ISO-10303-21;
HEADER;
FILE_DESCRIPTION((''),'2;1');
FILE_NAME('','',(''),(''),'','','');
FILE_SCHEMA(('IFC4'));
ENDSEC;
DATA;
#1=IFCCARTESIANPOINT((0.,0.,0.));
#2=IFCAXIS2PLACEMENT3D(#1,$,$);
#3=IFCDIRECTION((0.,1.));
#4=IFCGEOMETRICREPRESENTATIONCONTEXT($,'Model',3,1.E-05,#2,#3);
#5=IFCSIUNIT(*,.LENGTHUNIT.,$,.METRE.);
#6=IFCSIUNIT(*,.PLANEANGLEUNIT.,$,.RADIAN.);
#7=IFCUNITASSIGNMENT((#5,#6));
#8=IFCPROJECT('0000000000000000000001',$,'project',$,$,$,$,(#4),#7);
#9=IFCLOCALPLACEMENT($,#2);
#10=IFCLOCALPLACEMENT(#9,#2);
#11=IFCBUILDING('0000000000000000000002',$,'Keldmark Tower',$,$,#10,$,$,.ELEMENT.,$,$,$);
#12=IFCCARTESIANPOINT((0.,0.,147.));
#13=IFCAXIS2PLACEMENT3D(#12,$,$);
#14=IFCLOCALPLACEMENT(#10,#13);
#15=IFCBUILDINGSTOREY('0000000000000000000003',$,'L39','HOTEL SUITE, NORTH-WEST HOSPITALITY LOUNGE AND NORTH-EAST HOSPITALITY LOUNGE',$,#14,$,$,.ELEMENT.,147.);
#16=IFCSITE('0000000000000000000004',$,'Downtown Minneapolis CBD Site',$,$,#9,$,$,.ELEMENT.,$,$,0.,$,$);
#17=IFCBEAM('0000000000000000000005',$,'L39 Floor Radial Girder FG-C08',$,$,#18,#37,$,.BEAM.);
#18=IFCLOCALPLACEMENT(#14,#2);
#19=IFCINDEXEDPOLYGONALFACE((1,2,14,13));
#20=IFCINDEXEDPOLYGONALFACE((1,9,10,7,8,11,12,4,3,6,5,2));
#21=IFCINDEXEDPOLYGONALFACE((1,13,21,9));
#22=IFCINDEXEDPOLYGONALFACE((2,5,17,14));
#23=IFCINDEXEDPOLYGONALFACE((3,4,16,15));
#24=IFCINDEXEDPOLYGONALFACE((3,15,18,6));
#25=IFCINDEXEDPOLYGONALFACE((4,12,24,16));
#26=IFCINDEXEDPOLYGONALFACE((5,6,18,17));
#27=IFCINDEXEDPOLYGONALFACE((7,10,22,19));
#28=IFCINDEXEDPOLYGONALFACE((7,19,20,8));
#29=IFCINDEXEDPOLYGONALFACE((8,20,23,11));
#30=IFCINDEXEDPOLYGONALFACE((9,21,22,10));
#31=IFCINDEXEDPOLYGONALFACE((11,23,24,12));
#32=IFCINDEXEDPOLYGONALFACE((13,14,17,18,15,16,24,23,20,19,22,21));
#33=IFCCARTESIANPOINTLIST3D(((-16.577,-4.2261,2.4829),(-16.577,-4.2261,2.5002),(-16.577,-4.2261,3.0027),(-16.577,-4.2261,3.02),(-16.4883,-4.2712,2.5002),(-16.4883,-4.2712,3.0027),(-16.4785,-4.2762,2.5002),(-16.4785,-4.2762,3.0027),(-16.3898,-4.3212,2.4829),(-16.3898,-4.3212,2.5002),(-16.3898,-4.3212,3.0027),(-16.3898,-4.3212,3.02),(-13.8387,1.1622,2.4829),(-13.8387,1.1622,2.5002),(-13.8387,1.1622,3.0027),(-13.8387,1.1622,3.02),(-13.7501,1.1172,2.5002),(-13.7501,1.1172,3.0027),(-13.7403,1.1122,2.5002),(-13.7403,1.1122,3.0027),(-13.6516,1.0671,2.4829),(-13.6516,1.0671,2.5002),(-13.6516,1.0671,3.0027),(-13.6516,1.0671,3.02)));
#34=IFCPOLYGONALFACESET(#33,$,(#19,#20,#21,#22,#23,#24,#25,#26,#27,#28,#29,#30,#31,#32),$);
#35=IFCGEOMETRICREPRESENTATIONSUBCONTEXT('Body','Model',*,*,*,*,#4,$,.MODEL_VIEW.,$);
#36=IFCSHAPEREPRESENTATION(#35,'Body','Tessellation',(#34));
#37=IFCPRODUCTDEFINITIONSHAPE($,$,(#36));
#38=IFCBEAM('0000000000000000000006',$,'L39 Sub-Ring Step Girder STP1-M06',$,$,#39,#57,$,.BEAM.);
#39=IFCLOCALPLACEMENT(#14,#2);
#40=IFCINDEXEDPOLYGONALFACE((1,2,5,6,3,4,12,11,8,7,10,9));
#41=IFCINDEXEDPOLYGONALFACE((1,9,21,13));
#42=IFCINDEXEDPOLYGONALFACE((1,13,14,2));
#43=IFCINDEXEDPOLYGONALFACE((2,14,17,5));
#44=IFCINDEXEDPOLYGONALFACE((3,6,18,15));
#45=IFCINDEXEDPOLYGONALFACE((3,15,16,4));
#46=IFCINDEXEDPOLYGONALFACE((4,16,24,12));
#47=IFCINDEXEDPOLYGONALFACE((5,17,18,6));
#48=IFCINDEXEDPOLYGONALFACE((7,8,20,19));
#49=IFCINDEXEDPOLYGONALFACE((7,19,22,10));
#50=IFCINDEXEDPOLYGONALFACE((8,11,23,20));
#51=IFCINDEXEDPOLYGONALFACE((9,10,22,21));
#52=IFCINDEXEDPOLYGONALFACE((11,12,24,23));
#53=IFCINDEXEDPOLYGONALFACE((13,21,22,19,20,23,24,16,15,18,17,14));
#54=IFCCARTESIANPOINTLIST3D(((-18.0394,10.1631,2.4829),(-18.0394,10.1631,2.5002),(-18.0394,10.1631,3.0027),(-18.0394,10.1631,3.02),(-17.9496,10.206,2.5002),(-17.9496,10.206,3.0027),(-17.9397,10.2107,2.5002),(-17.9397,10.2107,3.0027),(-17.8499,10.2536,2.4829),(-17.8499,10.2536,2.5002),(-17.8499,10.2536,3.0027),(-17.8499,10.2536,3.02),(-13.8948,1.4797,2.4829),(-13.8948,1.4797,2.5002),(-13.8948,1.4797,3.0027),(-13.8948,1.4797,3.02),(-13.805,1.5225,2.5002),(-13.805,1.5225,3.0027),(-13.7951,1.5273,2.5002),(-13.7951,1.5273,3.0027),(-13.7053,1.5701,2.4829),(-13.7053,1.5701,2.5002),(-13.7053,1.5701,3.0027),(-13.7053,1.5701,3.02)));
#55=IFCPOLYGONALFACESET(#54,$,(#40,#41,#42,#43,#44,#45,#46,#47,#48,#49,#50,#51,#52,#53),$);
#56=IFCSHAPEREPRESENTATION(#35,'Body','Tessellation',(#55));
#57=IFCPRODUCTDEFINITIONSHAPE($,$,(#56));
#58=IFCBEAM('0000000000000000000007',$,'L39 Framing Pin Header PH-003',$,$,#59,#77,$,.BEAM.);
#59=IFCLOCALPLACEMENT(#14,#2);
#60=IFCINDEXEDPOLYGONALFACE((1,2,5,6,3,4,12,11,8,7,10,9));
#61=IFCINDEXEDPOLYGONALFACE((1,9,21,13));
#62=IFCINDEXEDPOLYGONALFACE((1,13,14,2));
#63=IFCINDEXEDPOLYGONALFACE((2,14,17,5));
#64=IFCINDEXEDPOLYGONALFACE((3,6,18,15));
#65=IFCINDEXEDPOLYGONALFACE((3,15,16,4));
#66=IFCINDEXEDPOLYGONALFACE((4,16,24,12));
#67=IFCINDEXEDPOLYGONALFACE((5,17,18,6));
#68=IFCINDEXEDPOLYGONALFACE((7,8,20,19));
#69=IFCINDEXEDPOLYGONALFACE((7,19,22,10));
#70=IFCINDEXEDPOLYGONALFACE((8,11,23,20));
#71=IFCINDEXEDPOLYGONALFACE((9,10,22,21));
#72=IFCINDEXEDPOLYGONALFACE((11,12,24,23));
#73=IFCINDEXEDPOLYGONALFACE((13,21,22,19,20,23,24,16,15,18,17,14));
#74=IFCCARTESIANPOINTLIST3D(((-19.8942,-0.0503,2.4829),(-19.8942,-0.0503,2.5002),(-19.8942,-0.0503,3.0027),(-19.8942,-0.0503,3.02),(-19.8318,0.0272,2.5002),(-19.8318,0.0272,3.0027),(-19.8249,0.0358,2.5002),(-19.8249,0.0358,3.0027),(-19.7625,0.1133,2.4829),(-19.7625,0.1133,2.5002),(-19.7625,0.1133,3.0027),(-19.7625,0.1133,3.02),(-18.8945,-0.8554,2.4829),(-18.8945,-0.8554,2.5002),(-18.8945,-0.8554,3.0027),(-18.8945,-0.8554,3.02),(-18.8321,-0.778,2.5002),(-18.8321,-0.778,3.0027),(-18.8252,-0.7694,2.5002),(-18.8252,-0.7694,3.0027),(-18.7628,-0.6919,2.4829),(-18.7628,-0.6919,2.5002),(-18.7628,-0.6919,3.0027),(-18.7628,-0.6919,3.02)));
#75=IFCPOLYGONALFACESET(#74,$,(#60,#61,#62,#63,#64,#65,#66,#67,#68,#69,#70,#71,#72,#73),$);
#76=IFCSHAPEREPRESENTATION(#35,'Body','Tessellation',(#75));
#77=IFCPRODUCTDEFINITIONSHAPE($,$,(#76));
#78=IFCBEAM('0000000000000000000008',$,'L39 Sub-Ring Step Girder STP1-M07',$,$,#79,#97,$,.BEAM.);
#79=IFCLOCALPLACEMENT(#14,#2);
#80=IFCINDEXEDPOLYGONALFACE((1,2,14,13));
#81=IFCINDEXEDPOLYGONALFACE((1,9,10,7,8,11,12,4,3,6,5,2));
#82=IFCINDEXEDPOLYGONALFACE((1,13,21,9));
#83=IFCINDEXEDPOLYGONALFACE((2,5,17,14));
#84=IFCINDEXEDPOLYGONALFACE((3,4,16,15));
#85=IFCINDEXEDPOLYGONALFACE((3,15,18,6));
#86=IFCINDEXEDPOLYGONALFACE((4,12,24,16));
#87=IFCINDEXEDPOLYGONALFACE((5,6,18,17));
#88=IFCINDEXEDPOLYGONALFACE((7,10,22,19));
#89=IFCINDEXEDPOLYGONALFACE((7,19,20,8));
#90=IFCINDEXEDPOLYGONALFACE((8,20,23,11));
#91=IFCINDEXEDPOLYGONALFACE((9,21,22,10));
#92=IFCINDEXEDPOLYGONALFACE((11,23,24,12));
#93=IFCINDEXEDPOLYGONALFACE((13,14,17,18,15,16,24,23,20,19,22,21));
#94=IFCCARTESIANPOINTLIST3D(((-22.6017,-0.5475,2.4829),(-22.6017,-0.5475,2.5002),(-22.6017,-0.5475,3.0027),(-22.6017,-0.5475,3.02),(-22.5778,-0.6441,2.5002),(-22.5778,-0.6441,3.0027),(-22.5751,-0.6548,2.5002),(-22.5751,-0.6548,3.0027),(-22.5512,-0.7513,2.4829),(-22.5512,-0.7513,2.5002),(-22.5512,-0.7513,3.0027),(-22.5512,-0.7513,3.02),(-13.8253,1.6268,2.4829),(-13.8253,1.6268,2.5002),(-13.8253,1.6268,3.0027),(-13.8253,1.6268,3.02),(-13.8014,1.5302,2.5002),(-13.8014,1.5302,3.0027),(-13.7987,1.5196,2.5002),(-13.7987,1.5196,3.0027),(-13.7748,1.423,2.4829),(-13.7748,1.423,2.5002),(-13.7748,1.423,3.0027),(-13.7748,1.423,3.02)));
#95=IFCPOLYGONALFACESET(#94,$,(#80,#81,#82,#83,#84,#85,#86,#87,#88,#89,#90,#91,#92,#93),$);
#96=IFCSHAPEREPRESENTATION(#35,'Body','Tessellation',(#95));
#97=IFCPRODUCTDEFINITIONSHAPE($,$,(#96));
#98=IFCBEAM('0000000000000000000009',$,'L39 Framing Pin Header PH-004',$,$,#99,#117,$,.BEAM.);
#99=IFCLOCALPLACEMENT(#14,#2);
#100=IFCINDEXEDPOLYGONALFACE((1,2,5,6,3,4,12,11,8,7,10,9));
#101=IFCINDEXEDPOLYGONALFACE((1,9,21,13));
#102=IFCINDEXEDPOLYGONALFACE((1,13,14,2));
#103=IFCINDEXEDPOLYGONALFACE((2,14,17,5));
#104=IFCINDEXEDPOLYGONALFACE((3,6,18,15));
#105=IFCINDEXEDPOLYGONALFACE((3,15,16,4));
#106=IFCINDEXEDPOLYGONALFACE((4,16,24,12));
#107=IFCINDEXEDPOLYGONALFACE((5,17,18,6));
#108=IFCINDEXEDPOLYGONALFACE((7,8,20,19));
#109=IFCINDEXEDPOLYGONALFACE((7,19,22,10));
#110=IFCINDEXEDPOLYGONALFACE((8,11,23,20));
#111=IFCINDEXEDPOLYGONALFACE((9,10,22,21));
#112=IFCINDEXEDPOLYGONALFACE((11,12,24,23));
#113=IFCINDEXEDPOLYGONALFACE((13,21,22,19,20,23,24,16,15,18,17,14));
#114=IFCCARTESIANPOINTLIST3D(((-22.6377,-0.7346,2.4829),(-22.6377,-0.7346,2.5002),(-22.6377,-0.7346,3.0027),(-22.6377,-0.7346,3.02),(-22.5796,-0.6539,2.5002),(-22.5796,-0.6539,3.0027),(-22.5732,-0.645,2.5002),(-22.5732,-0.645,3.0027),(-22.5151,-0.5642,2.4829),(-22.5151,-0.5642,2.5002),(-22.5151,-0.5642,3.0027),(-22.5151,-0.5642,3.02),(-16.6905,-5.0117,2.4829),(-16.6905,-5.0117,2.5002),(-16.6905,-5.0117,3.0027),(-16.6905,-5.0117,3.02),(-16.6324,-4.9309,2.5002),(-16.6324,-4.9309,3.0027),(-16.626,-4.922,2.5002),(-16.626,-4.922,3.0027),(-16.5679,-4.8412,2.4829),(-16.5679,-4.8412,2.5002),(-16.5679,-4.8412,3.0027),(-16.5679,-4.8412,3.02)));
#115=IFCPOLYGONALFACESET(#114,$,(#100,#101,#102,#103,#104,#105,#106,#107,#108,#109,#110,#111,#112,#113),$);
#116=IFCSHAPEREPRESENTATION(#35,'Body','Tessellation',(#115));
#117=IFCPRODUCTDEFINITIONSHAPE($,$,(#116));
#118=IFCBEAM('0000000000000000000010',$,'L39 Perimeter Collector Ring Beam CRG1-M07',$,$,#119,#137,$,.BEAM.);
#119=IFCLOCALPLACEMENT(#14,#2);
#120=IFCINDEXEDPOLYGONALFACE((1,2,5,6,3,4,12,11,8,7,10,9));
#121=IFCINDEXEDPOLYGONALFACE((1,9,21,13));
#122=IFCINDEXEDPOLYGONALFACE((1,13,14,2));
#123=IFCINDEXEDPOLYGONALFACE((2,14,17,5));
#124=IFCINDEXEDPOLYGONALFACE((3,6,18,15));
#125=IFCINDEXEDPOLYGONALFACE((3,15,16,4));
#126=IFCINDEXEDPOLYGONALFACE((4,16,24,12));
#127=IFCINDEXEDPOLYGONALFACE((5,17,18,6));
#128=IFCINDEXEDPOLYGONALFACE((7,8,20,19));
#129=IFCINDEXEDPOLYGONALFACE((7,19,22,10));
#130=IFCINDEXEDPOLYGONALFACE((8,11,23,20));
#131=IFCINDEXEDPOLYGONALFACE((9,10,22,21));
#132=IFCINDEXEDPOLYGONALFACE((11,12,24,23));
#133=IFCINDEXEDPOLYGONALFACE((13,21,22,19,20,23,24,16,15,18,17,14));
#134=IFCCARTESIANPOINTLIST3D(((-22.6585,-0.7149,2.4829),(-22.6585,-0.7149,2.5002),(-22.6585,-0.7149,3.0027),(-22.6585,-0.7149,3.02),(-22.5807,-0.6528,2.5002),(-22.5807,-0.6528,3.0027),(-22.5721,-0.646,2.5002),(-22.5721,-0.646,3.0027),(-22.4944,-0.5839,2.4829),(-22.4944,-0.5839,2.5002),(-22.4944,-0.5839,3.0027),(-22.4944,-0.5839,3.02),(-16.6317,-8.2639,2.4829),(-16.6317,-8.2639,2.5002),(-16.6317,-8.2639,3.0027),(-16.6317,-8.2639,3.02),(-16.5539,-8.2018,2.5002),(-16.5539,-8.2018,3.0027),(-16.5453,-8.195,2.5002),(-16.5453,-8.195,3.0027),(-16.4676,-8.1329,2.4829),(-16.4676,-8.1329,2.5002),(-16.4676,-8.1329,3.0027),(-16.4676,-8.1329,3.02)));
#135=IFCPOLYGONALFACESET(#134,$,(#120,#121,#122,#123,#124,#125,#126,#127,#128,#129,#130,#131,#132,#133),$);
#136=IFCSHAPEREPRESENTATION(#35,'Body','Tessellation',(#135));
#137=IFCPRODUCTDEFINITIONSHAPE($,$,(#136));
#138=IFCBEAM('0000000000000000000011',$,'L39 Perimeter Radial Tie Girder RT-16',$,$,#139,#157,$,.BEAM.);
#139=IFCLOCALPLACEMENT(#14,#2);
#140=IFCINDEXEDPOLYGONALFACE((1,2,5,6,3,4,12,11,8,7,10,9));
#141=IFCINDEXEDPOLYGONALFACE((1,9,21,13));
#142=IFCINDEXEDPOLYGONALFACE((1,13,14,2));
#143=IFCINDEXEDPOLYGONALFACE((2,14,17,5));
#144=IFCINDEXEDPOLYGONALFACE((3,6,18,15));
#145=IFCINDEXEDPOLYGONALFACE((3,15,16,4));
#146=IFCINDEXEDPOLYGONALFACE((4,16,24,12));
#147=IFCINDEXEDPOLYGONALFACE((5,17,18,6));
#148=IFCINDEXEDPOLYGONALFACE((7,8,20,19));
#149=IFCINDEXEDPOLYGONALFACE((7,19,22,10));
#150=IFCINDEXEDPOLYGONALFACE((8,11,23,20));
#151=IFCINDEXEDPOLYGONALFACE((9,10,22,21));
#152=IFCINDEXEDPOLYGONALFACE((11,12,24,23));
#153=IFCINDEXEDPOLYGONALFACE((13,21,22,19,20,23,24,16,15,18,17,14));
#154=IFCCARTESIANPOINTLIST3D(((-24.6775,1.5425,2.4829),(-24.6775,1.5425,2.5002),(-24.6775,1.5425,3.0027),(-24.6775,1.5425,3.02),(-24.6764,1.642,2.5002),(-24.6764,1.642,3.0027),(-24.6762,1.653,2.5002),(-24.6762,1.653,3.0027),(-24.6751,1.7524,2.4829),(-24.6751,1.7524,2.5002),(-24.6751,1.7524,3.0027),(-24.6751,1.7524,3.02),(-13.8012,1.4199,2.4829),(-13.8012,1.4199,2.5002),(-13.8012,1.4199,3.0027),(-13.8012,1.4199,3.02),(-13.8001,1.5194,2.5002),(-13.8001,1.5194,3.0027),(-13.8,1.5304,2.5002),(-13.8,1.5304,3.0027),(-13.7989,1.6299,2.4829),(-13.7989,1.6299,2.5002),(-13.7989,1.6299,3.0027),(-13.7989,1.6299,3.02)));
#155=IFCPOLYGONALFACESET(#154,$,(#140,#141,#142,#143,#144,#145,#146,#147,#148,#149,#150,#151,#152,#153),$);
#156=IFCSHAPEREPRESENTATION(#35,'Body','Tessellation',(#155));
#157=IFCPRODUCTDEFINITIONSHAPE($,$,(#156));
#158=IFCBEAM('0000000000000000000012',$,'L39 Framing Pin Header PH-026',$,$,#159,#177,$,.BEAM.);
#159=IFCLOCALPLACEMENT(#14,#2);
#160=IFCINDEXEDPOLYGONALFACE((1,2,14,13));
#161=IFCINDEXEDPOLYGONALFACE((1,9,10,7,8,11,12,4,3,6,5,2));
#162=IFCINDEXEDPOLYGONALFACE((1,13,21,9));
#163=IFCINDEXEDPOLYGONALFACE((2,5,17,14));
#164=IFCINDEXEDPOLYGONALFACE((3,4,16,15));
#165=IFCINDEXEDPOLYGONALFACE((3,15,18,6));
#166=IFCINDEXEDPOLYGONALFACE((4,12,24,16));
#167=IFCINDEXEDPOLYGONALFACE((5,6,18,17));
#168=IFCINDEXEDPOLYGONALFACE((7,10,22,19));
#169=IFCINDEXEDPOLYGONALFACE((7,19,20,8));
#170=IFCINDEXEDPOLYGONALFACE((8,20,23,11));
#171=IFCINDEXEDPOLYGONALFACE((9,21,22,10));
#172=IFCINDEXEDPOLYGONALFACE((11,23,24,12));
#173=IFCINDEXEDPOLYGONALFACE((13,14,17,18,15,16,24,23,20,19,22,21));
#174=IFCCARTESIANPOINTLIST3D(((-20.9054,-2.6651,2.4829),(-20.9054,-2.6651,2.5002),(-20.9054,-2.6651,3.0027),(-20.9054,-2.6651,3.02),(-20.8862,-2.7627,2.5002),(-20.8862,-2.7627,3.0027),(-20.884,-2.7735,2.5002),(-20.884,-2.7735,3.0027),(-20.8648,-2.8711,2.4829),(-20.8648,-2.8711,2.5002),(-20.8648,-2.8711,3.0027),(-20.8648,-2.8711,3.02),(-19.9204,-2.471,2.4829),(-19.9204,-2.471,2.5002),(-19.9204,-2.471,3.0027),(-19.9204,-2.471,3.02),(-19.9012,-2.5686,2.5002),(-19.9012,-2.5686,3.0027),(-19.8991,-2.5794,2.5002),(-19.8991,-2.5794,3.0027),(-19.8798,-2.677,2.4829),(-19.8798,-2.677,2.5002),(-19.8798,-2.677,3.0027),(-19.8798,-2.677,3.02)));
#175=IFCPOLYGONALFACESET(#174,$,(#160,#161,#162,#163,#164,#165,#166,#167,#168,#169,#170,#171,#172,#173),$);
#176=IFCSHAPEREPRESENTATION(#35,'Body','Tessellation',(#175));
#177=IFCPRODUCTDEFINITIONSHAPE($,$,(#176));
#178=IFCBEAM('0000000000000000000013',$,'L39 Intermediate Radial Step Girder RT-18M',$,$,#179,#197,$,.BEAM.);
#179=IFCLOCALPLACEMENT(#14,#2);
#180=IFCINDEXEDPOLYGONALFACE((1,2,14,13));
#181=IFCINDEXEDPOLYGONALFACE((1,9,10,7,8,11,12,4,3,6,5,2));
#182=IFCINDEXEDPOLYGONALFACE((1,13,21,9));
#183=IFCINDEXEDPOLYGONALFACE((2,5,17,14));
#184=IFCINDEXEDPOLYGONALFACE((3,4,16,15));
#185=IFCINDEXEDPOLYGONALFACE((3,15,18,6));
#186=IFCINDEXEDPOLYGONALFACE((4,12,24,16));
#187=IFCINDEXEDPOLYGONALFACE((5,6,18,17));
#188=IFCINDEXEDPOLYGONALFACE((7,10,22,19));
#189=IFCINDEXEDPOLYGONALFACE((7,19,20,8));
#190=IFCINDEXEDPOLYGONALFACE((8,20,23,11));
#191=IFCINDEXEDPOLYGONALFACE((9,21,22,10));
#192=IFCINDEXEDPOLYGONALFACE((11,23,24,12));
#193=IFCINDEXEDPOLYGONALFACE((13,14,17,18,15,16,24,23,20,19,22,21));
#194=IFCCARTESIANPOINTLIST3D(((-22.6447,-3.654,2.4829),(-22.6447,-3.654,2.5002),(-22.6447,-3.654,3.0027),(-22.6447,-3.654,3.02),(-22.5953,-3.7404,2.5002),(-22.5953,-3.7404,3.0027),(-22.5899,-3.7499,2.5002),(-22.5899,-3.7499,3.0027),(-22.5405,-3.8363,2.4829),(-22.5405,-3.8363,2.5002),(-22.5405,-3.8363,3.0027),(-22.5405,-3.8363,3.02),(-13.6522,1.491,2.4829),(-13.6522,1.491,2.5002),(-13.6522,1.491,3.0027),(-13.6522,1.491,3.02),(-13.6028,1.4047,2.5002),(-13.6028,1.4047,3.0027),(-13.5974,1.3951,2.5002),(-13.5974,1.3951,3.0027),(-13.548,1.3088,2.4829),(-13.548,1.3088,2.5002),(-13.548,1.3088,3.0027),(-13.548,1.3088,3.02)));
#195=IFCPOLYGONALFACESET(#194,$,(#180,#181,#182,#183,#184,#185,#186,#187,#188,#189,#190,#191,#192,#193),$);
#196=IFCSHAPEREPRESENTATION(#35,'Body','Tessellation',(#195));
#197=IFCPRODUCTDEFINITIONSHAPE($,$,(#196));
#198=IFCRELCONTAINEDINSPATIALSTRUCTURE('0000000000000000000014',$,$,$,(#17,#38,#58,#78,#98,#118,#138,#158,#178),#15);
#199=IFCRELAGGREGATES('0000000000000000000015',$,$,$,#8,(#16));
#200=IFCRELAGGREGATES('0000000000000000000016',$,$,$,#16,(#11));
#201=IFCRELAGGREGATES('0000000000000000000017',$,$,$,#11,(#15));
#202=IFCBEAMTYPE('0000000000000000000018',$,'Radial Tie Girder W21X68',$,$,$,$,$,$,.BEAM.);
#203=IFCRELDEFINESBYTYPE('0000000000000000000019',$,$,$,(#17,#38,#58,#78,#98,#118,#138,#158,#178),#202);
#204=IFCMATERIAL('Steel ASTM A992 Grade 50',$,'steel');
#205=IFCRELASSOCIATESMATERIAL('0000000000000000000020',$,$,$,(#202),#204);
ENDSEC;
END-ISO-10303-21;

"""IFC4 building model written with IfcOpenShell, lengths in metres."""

from ifc_helpers import new_model, si_unit, direction, frame, origin, origin_2d, place, context, subcontext, project, spatial, i_section, extrude, material, material_profile, profile_set, type_object, element, save


model = new_model("IFC4")

# Units and contexts
model_context = context("Model", 3, precision=1e-05, world=origin(), true_north=direction((0.0, 1.0)))
body_context = subcontext(model_context, "Body", "Model", "MODEL_VIEW")
ifc_project = project(units=[si_unit("LENGTHUNIT", "METRE"), si_unit("PLANEANGLEUNIT", "RADIAN")], contexts=[model_context])

# Site, building, storey
site_placement = place(None, origin())
site = spatial("IfcSite", under=ifc_project, at=site_placement, Name="Downtown Minneapolis CBD Site", CompositionType="ELEMENT", RefElevation=0.0)
building_placement = place(site_placement, origin())
building = spatial("IfcBuilding", under=site, at=building_placement, Name="Keldmark Tower", CompositionType="ELEMENT")
storey_placement = place(building_placement, frame((0.0, 0.0, 147.0)))
storey = spatial("IfcBuildingStorey", under=building, at=storey_placement, Name="L39", Description="HOTEL SUITE, NORTH-WEST HOSPITALITY LOUNGE AND NORTH-EAST HOSPITALITY LOUNGE", CompositionType="ELEMENT", Elevation=147.0)

# Beams
ifc_material_1 = material(Name="Steel ASTM A992 Grade 50", Category="steel")
ifc_material_profile_1 = material_profile(ifc_material_1, i_section(OverallWidth=0.21, OverallDepth=0.5371, WebThickness=0.011, FlangeThickness=0.0173, at=origin_2d()), Name="W21X68")
ifc_profile_set_1 = profile_set([ifc_material_profile_1], Name="Steel ASTM A992 Grade 50")
beam_type_1 = type_object("IfcBeamType", Name="Radial Tie Girder W21X68", PredefinedType="BEAM", material=ifc_profile_set_1)
beam_1_placement = place(storey_placement, frame((-16.4834, -4.2737, 2.7515), z_axis=(0.453037, 0.891492, 0.0), x_axis=(-0.891492, 0.453037, 0.0)))
element("IfcBeam", 1, at=beam_1_placement, inside=storey, type_object=beam_type_1, Name="L39 Floor Radial Girder FG-C08", PredefinedType="BEAM", context=body_context, shape_type="SweptSolid", body=[
    extrude(i_section(OverallWidth=0.21, OverallDepth=0.5371, WebThickness=0.011, FlangeThickness=0.0173, at=origin_2d()), origin(), (0.0, 0.0, 1.0), 6.0442),
])
beam_2_placement = place(storey_placement, frame((-13.8, 1.5249, 2.7515), z_axis=(-0.430747, 0.902473, 0.0), x_axis=(-0.902473, -0.430747, 0.0)))
element("IfcBeam", 2, at=beam_2_placement, inside=storey, type_object=beam_type_1, Name="L39 Sub-Ring Step Girder STP1-M06", PredefinedType="BEAM", context=body_context, shape_type="SweptSolid", body=[
    extrude(i_section(OverallWidth=0.21, OverallDepth=0.5371, WebThickness=0.011, FlangeThickness=0.0173, at=origin_2d()), origin(), (0.0, 0.0, 1.0), 9.6218),
])
beam_3_placement = place(storey_placement, frame((-18.8286, -0.7737, 2.7515), z_axis=(-0.778824, 0.627243, 0.0), x_axis=(-0.627243, -0.778824, 0.0)))
element("IfcBeam", 3, at=beam_3_placement, inside=storey, type_object=beam_type_1, Name="L39 Framing Pin Header PH-003", PredefinedType="BEAM", context=body_context, shape_type="SweptSolid", body=[
    extrude(i_section(OverallWidth=0.21, OverallDepth=0.5371, WebThickness=0.011, FlangeThickness=0.0173, at=origin_2d()), origin(), (0.0, 0.0, 1.0), 1.2837),
])
beam_4_placement = place(storey_placement, frame((-13.8, 1.5249, 2.7515), z_axis=(-0.970655, -0.240477, 0.0), x_axis=(0.240477, -0.970655, 0.0)))
element("IfcBeam", 4, at=beam_4_placement, inside=storey, type_object=beam_type_1, Name="L39 Sub-Ring Step Girder STP1-M07", PredefinedType="BEAM", context=body_context, shape_type="SweptSolid", body=[
    extrude(i_section(OverallWidth=0.21, OverallDepth=0.5371, WebThickness=0.011, FlangeThickness=0.0173, at=origin_2d()), origin(), (0.0, 0.0, 1.0), 9.0417),
])
beam_5_placement = place(storey_placement, frame((-22.5764, -0.6494, 2.7515), z_axis=(0.811853, -0.583861, 0.0), x_axis=(0.583861, 0.811853, 0.0)))
element("IfcBeam", 5, at=beam_5_placement, inside=storey, type_object=beam_type_1, Name="L39 Framing Pin Header PH-004", PredefinedType="BEAM", context=body_context, shape_type="SweptSolid", body=[
    extrude(i_section(OverallWidth=0.21, OverallDepth=0.5371, WebThickness=0.011, FlangeThickness=0.0173, at=origin_2d()), origin(), (0.0, 0.0, 1.0), 7.3254),
])
beam_6_placement = place(storey_placement, frame((-22.5764, -0.6494, 2.7515), z_axis=(0.623912, -0.781495, 0.0), x_axis=(0.781495, 0.623912, 0.0)))
element("IfcBeam", 6, at=beam_6_placement, inside=storey, type_object=beam_type_1, Name="L39 Perimeter Collector Ring Beam CRG1-M07", PredefinedType="BEAM", context=body_context, shape_type="SweptSolid", body=[
    extrude(i_section(OverallWidth=0.21, OverallDepth=0.5371, WebThickness=0.011, FlangeThickness=0.0173, at=origin_2d()), origin(), (0.0, 0.0, 1.0), 9.6597),
])
beam_7_placement = place(storey_placement, frame((-13.8, 1.5249, 2.7515), z_axis=(-0.999937, 0.011268, 0.0), x_axis=(-0.011268, -0.999937, 0.0)))
element("IfcBeam", 7, at=beam_7_placement, inside=storey, type_object=beam_type_1, Name="L39 Perimeter Radial Tie Girder RT-16", PredefinedType="BEAM", context=body_context, shape_type="SweptSolid", body=[
    extrude(i_section(OverallWidth=0.21, OverallDepth=0.5371, WebThickness=0.011, FlangeThickness=0.0173, at=origin_2d()), origin(), (0.0, 0.0, 1.0), 10.877),
])
beam_8_placement = place(storey_placement, frame((-19.9001, -2.574, 2.7515), z_axis=(-0.981129, -0.193356, 0.0), x_axis=(0.193356, -0.981129, 0.0)))
element("IfcBeam", 8, at=beam_8_placement, inside=storey, type_object=beam_type_1, Name="L39 Framing Pin Header PH-026", PredefinedType="BEAM", context=body_context, shape_type="SweptSolid", body=[
    extrude(i_section(OverallWidth=0.21, OverallDepth=0.5371, WebThickness=0.011, FlangeThickness=0.0173, at=origin_2d()), origin(), (0.0, 0.0, 1.0), 1.0039),
])
beam_9_placement = place(storey_placement, frame((-13.6001, 1.3999, 2.7515), z_axis=(-0.867973, -0.496611, 0.0), x_axis=(0.496611, -0.867973, 0.0)))
element("IfcBeam", 9, at=beam_9_placement, inside=storey, type_object=beam_type_1, Name="L39 Intermediate Radial Step Girder RT-18M", PredefinedType="BEAM", context=body_context, shape_type="SweptSolid", body=[
    extrude(i_section(OverallWidth=0.21, OverallDepth=0.5371, WebThickness=0.011, FlangeThickness=0.0173, at=origin_2d()), origin(), (0.0, 0.0, 1.0), 10.3604),
])

save(model, "model.ifc")
